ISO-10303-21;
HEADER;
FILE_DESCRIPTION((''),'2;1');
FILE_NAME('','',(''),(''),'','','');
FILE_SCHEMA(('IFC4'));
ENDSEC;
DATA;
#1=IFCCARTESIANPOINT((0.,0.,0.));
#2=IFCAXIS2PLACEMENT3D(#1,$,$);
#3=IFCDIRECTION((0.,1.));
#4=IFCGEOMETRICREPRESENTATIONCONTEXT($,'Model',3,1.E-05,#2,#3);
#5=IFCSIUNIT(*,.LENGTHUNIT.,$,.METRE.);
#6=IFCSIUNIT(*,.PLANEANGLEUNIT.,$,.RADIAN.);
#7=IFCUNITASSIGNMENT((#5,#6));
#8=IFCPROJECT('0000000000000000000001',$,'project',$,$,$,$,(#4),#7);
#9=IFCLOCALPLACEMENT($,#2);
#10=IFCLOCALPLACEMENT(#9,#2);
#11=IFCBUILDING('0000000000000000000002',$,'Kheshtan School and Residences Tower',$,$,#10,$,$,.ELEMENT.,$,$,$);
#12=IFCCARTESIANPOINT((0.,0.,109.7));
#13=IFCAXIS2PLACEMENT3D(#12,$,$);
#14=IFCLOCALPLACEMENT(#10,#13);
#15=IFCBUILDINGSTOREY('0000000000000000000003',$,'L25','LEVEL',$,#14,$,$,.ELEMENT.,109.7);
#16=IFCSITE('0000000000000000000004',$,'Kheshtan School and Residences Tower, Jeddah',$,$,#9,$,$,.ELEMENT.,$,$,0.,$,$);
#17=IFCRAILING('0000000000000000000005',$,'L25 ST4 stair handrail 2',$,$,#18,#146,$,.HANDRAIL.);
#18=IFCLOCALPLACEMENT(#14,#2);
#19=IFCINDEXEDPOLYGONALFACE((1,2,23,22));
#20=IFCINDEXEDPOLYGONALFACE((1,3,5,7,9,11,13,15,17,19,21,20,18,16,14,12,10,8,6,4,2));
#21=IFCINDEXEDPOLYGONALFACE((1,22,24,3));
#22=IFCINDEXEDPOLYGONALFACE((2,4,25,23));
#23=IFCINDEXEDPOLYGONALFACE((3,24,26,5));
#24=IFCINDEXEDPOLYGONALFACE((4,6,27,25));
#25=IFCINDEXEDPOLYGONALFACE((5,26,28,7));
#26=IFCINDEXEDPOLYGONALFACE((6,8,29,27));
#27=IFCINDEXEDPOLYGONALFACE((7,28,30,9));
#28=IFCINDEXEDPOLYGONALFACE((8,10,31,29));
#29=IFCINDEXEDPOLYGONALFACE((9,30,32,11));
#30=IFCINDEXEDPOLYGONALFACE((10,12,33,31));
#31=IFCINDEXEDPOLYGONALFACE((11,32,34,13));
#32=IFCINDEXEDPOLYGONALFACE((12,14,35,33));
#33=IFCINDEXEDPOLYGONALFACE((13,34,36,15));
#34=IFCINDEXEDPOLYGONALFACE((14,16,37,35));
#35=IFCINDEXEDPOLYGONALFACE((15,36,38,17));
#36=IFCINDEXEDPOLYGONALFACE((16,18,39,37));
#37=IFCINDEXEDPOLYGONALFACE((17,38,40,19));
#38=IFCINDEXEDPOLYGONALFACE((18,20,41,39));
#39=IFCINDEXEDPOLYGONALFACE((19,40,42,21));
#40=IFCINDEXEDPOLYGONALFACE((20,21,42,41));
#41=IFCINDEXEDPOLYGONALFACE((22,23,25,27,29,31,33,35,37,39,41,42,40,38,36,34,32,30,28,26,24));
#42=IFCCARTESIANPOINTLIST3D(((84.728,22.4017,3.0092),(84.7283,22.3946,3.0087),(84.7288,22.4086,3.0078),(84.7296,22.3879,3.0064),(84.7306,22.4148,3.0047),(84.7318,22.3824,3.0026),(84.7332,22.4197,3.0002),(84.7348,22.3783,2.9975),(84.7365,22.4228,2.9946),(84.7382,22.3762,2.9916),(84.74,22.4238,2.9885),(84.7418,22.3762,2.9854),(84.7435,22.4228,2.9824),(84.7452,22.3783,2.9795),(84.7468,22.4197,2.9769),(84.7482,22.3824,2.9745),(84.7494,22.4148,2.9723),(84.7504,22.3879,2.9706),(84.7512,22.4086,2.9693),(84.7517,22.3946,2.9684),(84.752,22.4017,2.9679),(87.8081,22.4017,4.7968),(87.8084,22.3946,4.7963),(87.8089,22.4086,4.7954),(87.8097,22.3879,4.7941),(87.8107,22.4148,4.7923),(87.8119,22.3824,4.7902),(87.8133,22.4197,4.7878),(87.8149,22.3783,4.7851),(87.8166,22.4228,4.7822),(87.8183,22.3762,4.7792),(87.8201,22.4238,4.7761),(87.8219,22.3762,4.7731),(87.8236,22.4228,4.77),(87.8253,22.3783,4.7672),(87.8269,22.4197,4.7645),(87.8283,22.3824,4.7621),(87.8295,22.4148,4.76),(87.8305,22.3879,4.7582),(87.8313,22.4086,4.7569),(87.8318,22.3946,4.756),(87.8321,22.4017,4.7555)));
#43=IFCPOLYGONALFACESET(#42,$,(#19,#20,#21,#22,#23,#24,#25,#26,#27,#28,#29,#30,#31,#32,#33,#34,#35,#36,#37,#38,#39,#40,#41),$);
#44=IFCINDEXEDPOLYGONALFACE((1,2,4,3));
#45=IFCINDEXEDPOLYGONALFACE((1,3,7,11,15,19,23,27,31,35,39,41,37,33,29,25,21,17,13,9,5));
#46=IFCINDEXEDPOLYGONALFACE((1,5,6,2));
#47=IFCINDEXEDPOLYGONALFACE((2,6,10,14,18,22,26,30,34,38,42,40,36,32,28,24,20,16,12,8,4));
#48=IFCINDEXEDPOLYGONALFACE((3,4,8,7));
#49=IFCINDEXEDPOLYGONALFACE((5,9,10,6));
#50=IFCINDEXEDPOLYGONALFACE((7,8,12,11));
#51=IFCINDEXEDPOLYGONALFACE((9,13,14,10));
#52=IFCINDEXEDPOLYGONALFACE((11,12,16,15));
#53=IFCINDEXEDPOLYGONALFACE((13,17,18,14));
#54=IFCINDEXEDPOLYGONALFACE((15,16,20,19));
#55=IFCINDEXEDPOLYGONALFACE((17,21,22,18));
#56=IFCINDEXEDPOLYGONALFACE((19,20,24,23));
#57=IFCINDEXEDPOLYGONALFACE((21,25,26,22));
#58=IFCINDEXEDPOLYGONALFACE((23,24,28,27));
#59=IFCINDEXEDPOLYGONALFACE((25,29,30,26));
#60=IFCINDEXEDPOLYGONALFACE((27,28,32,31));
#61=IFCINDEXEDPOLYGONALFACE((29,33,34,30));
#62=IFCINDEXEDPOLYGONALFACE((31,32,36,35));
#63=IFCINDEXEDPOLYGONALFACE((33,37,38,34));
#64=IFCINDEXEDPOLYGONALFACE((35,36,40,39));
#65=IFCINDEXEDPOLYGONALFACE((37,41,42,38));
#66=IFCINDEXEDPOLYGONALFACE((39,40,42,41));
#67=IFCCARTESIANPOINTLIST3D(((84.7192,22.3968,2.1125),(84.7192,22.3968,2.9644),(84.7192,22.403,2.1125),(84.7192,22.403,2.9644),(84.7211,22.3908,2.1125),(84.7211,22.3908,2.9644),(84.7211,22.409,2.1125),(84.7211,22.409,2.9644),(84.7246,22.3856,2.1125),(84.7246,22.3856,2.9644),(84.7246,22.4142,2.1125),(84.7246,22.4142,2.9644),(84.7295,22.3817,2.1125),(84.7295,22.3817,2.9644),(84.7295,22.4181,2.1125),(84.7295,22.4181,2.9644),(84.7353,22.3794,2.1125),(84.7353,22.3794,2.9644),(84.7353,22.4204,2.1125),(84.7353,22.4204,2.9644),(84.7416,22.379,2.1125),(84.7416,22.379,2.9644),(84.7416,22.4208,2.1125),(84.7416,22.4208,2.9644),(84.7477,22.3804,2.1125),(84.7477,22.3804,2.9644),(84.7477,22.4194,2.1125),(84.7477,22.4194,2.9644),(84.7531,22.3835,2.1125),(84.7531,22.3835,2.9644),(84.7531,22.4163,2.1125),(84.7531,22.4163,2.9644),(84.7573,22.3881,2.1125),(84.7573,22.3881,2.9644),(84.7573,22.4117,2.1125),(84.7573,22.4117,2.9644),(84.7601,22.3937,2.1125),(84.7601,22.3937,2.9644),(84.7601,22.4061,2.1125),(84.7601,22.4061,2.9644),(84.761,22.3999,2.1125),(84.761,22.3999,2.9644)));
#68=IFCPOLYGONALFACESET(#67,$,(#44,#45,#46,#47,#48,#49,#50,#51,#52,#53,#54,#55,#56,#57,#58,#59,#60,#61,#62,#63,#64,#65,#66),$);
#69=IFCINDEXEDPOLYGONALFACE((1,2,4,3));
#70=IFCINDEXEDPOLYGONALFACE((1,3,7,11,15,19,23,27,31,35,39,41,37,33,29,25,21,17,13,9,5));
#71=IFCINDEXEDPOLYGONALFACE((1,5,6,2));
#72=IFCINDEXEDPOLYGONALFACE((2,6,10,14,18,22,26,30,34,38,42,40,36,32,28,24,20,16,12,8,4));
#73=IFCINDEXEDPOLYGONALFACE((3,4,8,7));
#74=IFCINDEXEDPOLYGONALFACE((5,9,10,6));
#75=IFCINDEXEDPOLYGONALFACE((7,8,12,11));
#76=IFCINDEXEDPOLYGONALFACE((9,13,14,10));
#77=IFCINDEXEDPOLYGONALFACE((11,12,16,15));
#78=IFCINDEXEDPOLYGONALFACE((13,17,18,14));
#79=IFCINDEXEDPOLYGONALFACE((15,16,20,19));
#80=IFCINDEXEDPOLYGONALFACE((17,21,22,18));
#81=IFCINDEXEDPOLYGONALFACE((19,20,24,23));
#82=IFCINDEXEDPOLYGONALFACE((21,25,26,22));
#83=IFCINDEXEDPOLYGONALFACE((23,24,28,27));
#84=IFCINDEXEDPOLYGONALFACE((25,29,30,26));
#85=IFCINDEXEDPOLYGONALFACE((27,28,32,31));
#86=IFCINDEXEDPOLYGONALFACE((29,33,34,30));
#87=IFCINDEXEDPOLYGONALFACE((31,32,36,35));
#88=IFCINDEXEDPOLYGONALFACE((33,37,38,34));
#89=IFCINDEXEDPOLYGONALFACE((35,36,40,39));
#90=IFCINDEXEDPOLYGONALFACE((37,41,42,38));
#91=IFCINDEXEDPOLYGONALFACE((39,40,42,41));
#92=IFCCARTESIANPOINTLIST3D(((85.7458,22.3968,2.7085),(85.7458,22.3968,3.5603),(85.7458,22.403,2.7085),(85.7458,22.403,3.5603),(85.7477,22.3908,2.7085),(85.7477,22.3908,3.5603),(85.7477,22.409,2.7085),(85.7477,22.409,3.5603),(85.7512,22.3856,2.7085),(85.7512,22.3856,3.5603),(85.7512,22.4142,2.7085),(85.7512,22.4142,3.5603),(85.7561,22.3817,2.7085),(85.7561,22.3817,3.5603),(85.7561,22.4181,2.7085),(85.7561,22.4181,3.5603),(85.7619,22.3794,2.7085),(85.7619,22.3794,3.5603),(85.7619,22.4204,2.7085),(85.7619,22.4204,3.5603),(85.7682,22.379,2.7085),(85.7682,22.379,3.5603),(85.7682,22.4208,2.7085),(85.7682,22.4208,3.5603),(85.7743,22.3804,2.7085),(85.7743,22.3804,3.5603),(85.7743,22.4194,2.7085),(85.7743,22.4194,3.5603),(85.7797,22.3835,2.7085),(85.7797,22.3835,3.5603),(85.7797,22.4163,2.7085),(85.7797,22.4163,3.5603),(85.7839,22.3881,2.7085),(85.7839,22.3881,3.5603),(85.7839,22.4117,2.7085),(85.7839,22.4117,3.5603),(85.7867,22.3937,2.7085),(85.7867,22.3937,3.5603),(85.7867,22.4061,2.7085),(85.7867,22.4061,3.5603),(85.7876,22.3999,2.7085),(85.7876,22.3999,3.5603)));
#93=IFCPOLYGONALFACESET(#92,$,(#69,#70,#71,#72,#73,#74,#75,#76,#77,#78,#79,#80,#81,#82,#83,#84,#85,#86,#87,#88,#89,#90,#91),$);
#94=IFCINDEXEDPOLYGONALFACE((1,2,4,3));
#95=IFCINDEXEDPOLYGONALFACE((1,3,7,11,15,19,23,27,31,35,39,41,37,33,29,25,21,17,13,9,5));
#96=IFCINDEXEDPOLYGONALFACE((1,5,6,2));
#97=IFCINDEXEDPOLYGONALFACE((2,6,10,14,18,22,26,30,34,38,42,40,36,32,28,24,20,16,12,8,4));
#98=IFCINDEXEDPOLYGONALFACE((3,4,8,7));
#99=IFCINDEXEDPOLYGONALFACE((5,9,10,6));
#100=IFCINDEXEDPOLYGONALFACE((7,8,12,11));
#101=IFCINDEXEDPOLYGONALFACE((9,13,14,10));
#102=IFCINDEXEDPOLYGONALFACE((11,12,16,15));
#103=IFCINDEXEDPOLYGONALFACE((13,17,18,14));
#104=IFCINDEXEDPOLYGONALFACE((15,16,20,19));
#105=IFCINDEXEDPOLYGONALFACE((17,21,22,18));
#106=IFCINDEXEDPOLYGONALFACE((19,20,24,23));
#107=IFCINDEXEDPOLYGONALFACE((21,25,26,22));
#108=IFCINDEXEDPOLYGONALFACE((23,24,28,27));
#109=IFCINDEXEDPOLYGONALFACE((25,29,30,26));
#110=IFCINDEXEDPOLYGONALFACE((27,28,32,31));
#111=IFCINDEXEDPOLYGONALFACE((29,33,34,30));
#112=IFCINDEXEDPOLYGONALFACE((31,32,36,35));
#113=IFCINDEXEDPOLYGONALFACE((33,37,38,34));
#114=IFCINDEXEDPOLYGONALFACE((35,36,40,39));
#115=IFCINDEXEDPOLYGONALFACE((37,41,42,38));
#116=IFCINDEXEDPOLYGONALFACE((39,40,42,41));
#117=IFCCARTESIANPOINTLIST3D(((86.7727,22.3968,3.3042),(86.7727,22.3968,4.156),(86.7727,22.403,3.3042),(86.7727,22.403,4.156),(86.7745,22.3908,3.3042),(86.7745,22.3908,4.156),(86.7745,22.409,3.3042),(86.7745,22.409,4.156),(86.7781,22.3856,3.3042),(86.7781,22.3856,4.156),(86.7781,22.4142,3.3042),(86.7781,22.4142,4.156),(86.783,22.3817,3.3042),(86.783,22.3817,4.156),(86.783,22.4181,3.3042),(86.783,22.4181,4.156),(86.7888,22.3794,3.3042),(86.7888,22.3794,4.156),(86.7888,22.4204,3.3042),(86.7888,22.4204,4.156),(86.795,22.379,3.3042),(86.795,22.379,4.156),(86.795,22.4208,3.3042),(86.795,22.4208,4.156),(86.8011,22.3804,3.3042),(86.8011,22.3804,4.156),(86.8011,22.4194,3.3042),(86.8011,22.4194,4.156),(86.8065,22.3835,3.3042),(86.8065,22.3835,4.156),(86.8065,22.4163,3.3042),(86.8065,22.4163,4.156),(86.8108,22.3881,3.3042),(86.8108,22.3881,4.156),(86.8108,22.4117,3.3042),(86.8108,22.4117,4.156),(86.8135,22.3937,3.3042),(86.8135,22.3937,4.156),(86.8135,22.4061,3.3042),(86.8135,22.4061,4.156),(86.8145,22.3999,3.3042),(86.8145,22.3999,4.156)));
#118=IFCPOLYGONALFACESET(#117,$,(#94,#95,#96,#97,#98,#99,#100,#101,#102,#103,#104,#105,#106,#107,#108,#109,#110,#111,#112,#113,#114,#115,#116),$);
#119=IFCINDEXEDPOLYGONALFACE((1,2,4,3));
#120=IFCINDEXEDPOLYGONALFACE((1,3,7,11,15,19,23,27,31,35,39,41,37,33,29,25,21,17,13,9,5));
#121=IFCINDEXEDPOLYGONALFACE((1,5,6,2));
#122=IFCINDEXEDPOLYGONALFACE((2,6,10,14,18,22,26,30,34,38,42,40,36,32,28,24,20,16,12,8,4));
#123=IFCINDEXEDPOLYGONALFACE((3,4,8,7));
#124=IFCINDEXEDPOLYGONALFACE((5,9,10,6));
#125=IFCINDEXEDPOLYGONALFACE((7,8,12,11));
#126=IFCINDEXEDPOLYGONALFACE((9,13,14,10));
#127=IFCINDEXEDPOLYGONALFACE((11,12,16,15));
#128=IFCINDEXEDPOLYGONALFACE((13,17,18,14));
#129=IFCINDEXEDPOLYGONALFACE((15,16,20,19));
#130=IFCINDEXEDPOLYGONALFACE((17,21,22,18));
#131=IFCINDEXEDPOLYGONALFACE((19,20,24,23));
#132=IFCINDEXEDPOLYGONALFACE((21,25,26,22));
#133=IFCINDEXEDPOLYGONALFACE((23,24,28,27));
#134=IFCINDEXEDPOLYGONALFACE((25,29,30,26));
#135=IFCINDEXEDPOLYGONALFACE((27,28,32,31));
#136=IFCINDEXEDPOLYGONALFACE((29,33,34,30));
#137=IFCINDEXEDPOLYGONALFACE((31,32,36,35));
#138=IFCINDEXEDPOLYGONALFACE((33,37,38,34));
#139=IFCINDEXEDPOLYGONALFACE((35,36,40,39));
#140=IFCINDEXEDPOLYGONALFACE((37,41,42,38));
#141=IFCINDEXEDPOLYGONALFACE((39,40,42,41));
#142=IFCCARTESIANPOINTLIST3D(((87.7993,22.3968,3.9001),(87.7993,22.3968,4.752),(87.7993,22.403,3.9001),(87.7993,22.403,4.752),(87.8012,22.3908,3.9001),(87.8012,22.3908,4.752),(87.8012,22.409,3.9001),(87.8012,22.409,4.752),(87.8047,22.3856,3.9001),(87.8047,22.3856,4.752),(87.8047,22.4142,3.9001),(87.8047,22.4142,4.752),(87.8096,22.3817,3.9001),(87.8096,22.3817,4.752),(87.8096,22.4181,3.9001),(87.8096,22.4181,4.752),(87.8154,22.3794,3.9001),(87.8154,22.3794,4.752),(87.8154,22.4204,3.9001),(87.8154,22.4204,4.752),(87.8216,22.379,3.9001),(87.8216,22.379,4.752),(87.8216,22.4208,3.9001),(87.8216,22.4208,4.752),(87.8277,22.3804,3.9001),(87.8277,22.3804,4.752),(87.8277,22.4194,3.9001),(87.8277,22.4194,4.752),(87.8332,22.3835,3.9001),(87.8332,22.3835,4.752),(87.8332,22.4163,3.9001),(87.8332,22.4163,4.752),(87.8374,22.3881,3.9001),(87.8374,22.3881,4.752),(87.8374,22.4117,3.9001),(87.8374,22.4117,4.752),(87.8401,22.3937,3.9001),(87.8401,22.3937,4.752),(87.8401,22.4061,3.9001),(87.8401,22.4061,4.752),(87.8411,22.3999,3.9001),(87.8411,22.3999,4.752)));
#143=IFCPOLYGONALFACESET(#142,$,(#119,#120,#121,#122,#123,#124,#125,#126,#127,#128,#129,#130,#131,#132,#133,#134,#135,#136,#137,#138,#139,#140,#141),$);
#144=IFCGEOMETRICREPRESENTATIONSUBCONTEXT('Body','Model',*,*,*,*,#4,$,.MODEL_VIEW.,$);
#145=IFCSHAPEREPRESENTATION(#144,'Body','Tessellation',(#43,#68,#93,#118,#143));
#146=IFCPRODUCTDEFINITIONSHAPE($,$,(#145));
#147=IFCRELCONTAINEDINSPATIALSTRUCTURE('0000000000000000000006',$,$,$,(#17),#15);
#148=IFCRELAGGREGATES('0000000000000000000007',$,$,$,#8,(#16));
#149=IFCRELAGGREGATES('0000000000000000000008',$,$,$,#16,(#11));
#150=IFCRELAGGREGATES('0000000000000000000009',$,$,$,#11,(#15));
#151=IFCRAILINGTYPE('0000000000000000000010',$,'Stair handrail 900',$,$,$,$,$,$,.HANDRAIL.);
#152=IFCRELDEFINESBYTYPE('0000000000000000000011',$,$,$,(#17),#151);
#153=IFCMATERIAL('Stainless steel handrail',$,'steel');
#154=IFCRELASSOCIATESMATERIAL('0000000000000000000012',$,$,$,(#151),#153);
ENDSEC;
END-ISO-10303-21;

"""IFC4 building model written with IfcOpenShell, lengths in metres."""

from ifc_helpers import new_model, si_unit, direction, frame, origin, origin_2d, place, context, subcontext, project, spatial, circle, extrude, material, type_object, element, save


model = new_model("IFC4")

# Units and contexts
model_context = context("Model", 3, precision=1e-05, world=origin(), true_north=direction((0.0, 1.0)))
body_context = subcontext(model_context, "Body", "Model", "MODEL_VIEW")
ifc_project = project(units=[si_unit("LENGTHUNIT", "METRE"), si_unit("PLANEANGLEUNIT", "RADIAN")], contexts=[model_context])

# Site, building, storey
site_placement = place(None, origin())
site = spatial("IfcSite", under=ifc_project, at=site_placement, Name="Kheshtan School and Residences Tower, Jeddah", CompositionType="ELEMENT", RefElevation=0.0)
building_placement = place(site_placement, origin())
building = spatial("IfcBuilding", under=site, at=building_placement, Name="Kheshtan School and Residences Tower", CompositionType="ELEMENT")
storey_placement = place(building_placement, frame((0.0, 0.0, 109.7)))
storey = spatial("IfcBuildingStorey", under=building, at=storey_placement, Name="L25", Description="LEVEL", CompositionType="ELEMENT", Elevation=109.7)

# Railing
ifc_material_1 = material(Name="Stainless steel handrail", Category="steel")
railing_type_1 = type_object("IfcRailingType", Name="Stair handrail 900", PredefinedType="HANDRAIL", material=ifc_material_1)
railing_1_placement = place(storey_placement, frame((84.74, 22.3999, 2.1125)))
element("IfcRailing", 1, at=railing_1_placement, inside=storey, type_object=railing_type_1, Name="L25 ST4 stair handrail 2", PredefinedType="HANDRAIL", context=body_context, shape_type="SweptSolid", body=[
    extrude(circle(Radius=0.0239, at=origin_2d()), frame((0.0, 0.0, 0.876), z_axis=(0.864891, 0.0, 0.50196), x_axis=(0.0, 1.0, 0.0)), (0.0, 0.0, 1.0), 3.5613),
    extrude(circle(Radius=0.021, at=origin_2d()), origin(), (0.0, 0.0, 1.0), 0.8518),
    extrude(circle(Radius=0.021, at=origin_2d()), frame((1.0266, 0.0, 0.5959)), (0.0, 0.0, 1.0), 0.8518),
    extrude(circle(Radius=0.021, at=origin_2d()), frame((2.0535, 0.0, 1.1917)), (0.0, 0.0, 1.0), 0.8518),
    extrude(circle(Radius=0.021, at=origin_2d()), frame((3.0801, 0.0, 1.7876)), (0.0, 0.0, 1.0), 0.8518),
])

save(model, "model.ifc")
